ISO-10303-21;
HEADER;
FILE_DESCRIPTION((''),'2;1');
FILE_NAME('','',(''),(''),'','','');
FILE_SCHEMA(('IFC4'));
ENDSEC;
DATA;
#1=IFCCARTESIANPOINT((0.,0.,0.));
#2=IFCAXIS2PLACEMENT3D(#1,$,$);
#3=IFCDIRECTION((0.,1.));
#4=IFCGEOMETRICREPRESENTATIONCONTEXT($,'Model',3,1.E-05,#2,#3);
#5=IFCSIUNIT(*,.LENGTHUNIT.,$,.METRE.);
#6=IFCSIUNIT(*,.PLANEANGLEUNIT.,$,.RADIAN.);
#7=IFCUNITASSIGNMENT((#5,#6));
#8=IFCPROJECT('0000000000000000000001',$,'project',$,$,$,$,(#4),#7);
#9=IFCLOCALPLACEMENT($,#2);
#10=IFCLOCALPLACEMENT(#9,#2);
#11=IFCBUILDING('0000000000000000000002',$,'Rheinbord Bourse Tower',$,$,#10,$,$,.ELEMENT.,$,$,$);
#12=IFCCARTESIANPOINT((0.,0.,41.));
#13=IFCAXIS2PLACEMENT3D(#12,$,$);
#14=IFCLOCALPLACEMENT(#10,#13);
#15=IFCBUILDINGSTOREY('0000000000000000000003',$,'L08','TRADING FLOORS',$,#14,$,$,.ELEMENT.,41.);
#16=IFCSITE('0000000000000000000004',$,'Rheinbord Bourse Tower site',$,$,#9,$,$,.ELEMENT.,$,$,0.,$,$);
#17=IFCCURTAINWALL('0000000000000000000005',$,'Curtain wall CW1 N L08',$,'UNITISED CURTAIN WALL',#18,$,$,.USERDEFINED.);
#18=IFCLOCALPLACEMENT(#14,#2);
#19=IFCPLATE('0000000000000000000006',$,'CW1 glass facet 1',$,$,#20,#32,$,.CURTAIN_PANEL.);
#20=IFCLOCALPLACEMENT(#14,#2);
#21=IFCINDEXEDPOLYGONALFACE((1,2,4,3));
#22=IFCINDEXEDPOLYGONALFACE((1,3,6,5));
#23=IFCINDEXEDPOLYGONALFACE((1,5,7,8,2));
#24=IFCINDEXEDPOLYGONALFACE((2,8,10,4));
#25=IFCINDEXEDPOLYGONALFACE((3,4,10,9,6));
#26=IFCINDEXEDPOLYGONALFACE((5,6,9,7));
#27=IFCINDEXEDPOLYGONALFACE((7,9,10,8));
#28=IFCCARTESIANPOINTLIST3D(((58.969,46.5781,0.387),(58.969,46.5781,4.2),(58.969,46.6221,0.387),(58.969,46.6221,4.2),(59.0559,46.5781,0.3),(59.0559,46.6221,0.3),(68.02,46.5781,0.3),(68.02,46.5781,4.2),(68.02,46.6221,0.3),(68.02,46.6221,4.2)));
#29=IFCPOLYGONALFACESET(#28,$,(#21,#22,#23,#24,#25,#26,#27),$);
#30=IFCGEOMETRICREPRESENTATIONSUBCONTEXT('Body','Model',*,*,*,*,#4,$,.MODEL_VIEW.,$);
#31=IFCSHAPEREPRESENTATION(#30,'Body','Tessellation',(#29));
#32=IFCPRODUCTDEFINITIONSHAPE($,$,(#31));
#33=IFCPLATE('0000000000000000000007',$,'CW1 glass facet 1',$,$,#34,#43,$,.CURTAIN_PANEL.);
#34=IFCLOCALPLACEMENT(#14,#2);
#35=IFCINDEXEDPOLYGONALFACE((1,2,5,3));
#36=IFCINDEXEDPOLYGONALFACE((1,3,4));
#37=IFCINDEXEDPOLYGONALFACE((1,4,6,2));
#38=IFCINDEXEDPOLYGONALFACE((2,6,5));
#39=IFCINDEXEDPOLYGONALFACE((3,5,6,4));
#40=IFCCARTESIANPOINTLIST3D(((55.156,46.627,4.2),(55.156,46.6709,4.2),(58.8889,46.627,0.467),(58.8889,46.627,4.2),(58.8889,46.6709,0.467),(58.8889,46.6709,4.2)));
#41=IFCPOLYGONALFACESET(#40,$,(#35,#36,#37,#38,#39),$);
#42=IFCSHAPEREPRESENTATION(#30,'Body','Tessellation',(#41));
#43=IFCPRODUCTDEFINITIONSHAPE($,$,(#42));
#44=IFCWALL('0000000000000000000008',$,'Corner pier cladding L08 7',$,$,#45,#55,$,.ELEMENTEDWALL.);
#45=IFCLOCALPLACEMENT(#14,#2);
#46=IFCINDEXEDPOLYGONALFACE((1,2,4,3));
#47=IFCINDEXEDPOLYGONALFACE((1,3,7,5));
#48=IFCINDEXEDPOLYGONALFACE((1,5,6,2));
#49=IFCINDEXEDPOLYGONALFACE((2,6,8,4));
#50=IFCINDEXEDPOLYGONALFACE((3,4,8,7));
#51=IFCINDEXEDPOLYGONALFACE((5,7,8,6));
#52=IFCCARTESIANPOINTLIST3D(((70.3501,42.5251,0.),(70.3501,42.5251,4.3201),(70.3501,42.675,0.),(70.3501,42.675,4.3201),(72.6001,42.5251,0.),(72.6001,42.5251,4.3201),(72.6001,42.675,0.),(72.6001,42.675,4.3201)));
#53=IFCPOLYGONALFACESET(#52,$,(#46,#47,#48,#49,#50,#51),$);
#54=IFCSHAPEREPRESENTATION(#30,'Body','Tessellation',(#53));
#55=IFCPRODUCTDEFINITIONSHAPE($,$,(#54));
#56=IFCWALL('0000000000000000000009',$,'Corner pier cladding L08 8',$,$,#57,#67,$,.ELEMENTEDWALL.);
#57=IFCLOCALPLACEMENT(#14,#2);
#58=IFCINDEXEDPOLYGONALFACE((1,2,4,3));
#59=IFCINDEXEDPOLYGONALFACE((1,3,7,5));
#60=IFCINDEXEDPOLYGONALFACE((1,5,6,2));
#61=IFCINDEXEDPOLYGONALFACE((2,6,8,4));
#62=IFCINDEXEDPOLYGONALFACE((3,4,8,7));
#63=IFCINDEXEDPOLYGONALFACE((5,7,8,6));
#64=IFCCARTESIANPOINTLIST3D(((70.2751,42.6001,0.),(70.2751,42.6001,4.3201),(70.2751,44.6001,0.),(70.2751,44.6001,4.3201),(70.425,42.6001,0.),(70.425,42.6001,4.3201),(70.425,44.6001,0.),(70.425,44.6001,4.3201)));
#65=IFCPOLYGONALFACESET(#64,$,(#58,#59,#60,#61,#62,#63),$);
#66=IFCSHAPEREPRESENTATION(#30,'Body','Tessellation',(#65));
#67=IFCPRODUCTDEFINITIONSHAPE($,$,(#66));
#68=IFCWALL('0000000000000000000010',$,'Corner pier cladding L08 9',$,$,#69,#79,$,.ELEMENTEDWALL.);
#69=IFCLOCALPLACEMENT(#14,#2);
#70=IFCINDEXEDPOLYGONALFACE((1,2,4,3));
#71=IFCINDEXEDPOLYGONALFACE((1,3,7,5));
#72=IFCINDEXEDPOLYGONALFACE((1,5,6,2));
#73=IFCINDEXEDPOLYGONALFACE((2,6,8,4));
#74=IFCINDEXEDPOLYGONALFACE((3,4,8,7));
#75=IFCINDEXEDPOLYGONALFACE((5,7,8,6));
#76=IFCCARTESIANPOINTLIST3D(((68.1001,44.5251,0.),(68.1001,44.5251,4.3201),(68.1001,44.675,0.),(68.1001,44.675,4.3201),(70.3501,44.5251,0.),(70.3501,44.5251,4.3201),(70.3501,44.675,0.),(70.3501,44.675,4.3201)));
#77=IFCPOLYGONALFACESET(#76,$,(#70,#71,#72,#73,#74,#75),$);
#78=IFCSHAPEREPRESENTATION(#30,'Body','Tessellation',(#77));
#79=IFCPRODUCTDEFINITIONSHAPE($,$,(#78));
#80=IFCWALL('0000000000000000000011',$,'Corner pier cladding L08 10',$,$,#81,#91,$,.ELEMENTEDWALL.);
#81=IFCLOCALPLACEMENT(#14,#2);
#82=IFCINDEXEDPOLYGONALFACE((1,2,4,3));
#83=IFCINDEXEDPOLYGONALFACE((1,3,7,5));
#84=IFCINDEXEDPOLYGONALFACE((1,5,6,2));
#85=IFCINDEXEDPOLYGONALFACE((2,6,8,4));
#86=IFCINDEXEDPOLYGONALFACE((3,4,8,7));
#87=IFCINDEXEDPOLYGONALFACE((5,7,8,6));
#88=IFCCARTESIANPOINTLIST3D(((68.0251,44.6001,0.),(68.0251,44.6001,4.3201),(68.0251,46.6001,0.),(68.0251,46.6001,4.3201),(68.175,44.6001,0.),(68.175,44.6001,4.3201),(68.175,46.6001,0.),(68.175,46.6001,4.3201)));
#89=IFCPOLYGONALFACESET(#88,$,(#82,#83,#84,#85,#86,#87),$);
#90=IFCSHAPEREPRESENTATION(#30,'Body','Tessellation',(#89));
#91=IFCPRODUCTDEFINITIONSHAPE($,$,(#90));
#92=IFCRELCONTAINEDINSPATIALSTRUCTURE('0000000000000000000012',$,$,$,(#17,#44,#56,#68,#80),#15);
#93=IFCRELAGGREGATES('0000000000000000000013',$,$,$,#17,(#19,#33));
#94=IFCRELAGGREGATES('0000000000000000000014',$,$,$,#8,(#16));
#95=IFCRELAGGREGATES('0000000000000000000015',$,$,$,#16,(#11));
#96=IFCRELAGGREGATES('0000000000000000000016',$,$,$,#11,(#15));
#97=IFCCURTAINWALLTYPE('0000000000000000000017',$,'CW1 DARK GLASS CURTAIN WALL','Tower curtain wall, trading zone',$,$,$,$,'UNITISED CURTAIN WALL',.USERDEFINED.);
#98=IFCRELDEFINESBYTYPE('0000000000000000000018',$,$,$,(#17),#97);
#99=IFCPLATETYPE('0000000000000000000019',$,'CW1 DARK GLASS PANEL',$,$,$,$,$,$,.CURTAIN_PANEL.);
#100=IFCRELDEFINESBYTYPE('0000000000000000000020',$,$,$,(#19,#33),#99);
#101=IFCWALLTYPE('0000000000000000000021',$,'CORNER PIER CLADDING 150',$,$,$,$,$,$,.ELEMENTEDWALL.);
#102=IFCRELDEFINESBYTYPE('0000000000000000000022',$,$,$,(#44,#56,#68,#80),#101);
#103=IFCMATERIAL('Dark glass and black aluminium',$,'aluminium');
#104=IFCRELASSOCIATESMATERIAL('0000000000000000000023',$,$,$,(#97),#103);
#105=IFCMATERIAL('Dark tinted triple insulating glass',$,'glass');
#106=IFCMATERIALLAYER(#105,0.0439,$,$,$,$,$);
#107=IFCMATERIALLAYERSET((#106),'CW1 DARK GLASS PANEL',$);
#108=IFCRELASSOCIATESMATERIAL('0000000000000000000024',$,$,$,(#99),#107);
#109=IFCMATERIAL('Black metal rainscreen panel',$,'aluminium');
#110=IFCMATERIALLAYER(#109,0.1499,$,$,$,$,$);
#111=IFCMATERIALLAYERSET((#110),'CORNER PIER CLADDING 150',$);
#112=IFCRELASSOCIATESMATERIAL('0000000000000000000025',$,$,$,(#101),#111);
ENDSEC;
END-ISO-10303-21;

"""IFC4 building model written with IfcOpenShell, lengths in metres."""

from ifc_helpers import new_model, si_unit, direction, frame, frame_2d, origin, place, context, subcontext, project, spatial, polyline, rectangle, outline, extrude, material, layer, layer_set, type_object, element, aggregate, save


model = new_model("IFC4")

# Units and contexts
model_context = context("Model", 3, precision=1e-05, world=origin(), true_north=direction((0.0, 1.0)))
body_context = subcontext(model_context, "Body", "Model", "MODEL_VIEW")
ifc_project = project(units=[si_unit("LENGTHUNIT", "METRE"), si_unit("PLANEANGLEUNIT", "RADIAN")], contexts=[model_context])

# Site, building, storey
site_placement = place(None, origin())
site = spatial("IfcSite", under=ifc_project, at=site_placement, Name="Rheinbord Bourse Tower site", CompositionType="ELEMENT", RefElevation=0.0)
building_placement = place(site_placement, origin())
building = spatial("IfcBuilding", under=site, at=building_placement, Name="Rheinbord Bourse Tower", CompositionType="ELEMENT")
storey_placement = place(building_placement, frame((0.0, 0.0, 41.0)))
storey = spatial("IfcBuildingStorey", under=building, at=storey_placement, Name="L08", Description="TRADING FLOORS", CompositionType="ELEMENT", Elevation=41.0)

# Curtain wall
ifc_material_1 = material(Name="Dark glass and black aluminium", Category="aluminium")
curtain_wall_type = type_object("IfcCurtainWallType", Name="CW1 DARK GLASS CURTAIN WALL", Description="Tower curtain wall, trading zone", ElementType="UNITISED CURTAIN WALL", PredefinedType="USERDEFINED", material=ifc_material_1)
curtain_wall_1_placement = place(storey_placement, origin())
curtain_wall_1 = element("IfcCurtainWall", 1, at=curtain_wall_1_placement, inside=storey, type_object=curtain_wall_type, Name="Curtain wall CW1 N L08", ObjectType="UNITISED CURTAIN WALL", PredefinedType="USERDEFINED")

# Plates
ifc_material_2 = material(Name="Dark tinted triple insulating glass", Category="glass")
ifc_layer_1 = layer(ifc_material_2, 0.0439)
ifc_layer_set_1 = layer_set([ifc_layer_1], Name="CW1 DARK GLASS PANEL")
plate_type = type_object("IfcPlateType", Name="CW1 DARK GLASS PANEL", PredefinedType="CURTAIN_PANEL", material=ifc_layer_set_1)
plate_1_placement = place(storey_placement, frame((68.02, 46.6221, 0.3), z_axis=(0.0, -1.0, 0.0), x_axis=(0.0, 0.0, 1.0)))
plate_1 = element("IfcPlate", 2, at=plate_1_placement, type_object=plate_type, Name="CW1 glass facet 1", PredefinedType="CURTAIN_PANEL", context=body_context, shape_type="SweptSolid", body=[
    extrude(outline(polyline([(0.0, 0.0), (3.8999, 0.0), (3.8999, 9.051), (0.0869, 9.051), (0.0, 8.9641), (0.0, 0.0)])), origin(), (0.0, 0.0, 1.0), 0.0439),
])
plate_2_placement = place(storey_placement, frame((58.8889, 46.6709, 4.2), z_axis=(0.0, -1.0, 0.0), x_axis=(-1.0, 0.0, 0.0)))
plate_2 = element("IfcPlate", 3, at=plate_2_placement, type_object=plate_type, Name="CW1 glass facet 1", PredefinedType="CURTAIN_PANEL", context=body_context, shape_type="SweptSolid", body=[
    extrude(outline(polyline([(0.0, 0.0), (3.7329, 0.0), (0.0, 3.7329), (0.0, 0.0)])), origin(), (0.0, 0.0, 1.0), 0.0439),
])
aggregate(curtain_wall_1, [plate_1, plate_2])

# Walls
ifc_material_3 = material(Name="Black metal rainscreen panel", Category="aluminium")
ifc_layer_2 = layer(ifc_material_3, 0.1499)
ifc_layer_set_2 = layer_set([ifc_layer_2], Name="CORNER PIER CLADDING 150")
wall_type = type_object("IfcWallType", Name="CORNER PIER CLADDING 150", PredefinedType="ELEMENTEDWALL", material=ifc_layer_set_2)
wall_1_placement = place(storey_placement, frame((72.6001, 42.6001, 0.0), z_axis=(0.0, 0.0, 1.0), x_axis=(-1.0, 0.0, 0.0)))
element("IfcWall", 4, at=wall_1_placement, inside=storey, type_object=wall_type, Name="Corner pier cladding L08 7", PredefinedType="ELEMENTEDWALL", context=body_context, shape_type="SweptSolid", body=[
    extrude(rectangle(XDim=2.25, YDim=0.1499, at=frame_2d((1.125, 0.0))), origin(), (0.0, 0.0, 1.0), 4.3201),
])
wall_2_placement = place(storey_placement, frame((70.3501, 42.6001, 0.0), z_axis=(0.0, 0.0, 1.0), x_axis=(0.0, 1.0, 0.0)))
element("IfcWall", 5, at=wall_2_placement, inside=storey, type_object=wall_type, Name="Corner pier cladding L08 8", PredefinedType="ELEMENTEDWALL", context=body_context, shape_type="SweptSolid", body=[
    extrude(rectangle(XDim=2.0, YDim=0.1499, at=frame_2d((1.0, 0.0))), origin(), (0.0, 0.0, 1.0), 4.3201),
])
wall_3_placement = place(storey_placement, frame((70.3501, 44.6001, 0.0), z_axis=(0.0, 0.0, 1.0), x_axis=(-1.0, 0.0, 0.0)))
element("IfcWall", 6, at=wall_3_placement, inside=storey, type_object=wall_type, Name="Corner pier cladding L08 9", PredefinedType="ELEMENTEDWALL", context=body_context, shape_type="SweptSolid", body=[
    extrude(rectangle(XDim=2.25, YDim=0.1499, at=frame_2d((1.125, 0.0))), origin(), (0.0, 0.0, 1.0), 4.3201),
])
wall_4_placement = place(storey_placement, frame((68.1001, 44.6001, 0.0), z_axis=(0.0, 0.0, 1.0), x_axis=(0.0, 1.0, 0.0)))
element("IfcWall", 7, at=wall_4_placement, inside=storey, type_object=wall_type, Name="Corner pier cladding L08 10", PredefinedType="ELEMENTEDWALL", context=body_context, shape_type="SweptSolid", body=[
    extrude(rectangle(XDim=2.0, YDim=0.1499, at=frame_2d((1.0, 0.0))), origin(), (0.0, 0.0, 1.0), 4.3201),
])

save(model, "model.ifc")
